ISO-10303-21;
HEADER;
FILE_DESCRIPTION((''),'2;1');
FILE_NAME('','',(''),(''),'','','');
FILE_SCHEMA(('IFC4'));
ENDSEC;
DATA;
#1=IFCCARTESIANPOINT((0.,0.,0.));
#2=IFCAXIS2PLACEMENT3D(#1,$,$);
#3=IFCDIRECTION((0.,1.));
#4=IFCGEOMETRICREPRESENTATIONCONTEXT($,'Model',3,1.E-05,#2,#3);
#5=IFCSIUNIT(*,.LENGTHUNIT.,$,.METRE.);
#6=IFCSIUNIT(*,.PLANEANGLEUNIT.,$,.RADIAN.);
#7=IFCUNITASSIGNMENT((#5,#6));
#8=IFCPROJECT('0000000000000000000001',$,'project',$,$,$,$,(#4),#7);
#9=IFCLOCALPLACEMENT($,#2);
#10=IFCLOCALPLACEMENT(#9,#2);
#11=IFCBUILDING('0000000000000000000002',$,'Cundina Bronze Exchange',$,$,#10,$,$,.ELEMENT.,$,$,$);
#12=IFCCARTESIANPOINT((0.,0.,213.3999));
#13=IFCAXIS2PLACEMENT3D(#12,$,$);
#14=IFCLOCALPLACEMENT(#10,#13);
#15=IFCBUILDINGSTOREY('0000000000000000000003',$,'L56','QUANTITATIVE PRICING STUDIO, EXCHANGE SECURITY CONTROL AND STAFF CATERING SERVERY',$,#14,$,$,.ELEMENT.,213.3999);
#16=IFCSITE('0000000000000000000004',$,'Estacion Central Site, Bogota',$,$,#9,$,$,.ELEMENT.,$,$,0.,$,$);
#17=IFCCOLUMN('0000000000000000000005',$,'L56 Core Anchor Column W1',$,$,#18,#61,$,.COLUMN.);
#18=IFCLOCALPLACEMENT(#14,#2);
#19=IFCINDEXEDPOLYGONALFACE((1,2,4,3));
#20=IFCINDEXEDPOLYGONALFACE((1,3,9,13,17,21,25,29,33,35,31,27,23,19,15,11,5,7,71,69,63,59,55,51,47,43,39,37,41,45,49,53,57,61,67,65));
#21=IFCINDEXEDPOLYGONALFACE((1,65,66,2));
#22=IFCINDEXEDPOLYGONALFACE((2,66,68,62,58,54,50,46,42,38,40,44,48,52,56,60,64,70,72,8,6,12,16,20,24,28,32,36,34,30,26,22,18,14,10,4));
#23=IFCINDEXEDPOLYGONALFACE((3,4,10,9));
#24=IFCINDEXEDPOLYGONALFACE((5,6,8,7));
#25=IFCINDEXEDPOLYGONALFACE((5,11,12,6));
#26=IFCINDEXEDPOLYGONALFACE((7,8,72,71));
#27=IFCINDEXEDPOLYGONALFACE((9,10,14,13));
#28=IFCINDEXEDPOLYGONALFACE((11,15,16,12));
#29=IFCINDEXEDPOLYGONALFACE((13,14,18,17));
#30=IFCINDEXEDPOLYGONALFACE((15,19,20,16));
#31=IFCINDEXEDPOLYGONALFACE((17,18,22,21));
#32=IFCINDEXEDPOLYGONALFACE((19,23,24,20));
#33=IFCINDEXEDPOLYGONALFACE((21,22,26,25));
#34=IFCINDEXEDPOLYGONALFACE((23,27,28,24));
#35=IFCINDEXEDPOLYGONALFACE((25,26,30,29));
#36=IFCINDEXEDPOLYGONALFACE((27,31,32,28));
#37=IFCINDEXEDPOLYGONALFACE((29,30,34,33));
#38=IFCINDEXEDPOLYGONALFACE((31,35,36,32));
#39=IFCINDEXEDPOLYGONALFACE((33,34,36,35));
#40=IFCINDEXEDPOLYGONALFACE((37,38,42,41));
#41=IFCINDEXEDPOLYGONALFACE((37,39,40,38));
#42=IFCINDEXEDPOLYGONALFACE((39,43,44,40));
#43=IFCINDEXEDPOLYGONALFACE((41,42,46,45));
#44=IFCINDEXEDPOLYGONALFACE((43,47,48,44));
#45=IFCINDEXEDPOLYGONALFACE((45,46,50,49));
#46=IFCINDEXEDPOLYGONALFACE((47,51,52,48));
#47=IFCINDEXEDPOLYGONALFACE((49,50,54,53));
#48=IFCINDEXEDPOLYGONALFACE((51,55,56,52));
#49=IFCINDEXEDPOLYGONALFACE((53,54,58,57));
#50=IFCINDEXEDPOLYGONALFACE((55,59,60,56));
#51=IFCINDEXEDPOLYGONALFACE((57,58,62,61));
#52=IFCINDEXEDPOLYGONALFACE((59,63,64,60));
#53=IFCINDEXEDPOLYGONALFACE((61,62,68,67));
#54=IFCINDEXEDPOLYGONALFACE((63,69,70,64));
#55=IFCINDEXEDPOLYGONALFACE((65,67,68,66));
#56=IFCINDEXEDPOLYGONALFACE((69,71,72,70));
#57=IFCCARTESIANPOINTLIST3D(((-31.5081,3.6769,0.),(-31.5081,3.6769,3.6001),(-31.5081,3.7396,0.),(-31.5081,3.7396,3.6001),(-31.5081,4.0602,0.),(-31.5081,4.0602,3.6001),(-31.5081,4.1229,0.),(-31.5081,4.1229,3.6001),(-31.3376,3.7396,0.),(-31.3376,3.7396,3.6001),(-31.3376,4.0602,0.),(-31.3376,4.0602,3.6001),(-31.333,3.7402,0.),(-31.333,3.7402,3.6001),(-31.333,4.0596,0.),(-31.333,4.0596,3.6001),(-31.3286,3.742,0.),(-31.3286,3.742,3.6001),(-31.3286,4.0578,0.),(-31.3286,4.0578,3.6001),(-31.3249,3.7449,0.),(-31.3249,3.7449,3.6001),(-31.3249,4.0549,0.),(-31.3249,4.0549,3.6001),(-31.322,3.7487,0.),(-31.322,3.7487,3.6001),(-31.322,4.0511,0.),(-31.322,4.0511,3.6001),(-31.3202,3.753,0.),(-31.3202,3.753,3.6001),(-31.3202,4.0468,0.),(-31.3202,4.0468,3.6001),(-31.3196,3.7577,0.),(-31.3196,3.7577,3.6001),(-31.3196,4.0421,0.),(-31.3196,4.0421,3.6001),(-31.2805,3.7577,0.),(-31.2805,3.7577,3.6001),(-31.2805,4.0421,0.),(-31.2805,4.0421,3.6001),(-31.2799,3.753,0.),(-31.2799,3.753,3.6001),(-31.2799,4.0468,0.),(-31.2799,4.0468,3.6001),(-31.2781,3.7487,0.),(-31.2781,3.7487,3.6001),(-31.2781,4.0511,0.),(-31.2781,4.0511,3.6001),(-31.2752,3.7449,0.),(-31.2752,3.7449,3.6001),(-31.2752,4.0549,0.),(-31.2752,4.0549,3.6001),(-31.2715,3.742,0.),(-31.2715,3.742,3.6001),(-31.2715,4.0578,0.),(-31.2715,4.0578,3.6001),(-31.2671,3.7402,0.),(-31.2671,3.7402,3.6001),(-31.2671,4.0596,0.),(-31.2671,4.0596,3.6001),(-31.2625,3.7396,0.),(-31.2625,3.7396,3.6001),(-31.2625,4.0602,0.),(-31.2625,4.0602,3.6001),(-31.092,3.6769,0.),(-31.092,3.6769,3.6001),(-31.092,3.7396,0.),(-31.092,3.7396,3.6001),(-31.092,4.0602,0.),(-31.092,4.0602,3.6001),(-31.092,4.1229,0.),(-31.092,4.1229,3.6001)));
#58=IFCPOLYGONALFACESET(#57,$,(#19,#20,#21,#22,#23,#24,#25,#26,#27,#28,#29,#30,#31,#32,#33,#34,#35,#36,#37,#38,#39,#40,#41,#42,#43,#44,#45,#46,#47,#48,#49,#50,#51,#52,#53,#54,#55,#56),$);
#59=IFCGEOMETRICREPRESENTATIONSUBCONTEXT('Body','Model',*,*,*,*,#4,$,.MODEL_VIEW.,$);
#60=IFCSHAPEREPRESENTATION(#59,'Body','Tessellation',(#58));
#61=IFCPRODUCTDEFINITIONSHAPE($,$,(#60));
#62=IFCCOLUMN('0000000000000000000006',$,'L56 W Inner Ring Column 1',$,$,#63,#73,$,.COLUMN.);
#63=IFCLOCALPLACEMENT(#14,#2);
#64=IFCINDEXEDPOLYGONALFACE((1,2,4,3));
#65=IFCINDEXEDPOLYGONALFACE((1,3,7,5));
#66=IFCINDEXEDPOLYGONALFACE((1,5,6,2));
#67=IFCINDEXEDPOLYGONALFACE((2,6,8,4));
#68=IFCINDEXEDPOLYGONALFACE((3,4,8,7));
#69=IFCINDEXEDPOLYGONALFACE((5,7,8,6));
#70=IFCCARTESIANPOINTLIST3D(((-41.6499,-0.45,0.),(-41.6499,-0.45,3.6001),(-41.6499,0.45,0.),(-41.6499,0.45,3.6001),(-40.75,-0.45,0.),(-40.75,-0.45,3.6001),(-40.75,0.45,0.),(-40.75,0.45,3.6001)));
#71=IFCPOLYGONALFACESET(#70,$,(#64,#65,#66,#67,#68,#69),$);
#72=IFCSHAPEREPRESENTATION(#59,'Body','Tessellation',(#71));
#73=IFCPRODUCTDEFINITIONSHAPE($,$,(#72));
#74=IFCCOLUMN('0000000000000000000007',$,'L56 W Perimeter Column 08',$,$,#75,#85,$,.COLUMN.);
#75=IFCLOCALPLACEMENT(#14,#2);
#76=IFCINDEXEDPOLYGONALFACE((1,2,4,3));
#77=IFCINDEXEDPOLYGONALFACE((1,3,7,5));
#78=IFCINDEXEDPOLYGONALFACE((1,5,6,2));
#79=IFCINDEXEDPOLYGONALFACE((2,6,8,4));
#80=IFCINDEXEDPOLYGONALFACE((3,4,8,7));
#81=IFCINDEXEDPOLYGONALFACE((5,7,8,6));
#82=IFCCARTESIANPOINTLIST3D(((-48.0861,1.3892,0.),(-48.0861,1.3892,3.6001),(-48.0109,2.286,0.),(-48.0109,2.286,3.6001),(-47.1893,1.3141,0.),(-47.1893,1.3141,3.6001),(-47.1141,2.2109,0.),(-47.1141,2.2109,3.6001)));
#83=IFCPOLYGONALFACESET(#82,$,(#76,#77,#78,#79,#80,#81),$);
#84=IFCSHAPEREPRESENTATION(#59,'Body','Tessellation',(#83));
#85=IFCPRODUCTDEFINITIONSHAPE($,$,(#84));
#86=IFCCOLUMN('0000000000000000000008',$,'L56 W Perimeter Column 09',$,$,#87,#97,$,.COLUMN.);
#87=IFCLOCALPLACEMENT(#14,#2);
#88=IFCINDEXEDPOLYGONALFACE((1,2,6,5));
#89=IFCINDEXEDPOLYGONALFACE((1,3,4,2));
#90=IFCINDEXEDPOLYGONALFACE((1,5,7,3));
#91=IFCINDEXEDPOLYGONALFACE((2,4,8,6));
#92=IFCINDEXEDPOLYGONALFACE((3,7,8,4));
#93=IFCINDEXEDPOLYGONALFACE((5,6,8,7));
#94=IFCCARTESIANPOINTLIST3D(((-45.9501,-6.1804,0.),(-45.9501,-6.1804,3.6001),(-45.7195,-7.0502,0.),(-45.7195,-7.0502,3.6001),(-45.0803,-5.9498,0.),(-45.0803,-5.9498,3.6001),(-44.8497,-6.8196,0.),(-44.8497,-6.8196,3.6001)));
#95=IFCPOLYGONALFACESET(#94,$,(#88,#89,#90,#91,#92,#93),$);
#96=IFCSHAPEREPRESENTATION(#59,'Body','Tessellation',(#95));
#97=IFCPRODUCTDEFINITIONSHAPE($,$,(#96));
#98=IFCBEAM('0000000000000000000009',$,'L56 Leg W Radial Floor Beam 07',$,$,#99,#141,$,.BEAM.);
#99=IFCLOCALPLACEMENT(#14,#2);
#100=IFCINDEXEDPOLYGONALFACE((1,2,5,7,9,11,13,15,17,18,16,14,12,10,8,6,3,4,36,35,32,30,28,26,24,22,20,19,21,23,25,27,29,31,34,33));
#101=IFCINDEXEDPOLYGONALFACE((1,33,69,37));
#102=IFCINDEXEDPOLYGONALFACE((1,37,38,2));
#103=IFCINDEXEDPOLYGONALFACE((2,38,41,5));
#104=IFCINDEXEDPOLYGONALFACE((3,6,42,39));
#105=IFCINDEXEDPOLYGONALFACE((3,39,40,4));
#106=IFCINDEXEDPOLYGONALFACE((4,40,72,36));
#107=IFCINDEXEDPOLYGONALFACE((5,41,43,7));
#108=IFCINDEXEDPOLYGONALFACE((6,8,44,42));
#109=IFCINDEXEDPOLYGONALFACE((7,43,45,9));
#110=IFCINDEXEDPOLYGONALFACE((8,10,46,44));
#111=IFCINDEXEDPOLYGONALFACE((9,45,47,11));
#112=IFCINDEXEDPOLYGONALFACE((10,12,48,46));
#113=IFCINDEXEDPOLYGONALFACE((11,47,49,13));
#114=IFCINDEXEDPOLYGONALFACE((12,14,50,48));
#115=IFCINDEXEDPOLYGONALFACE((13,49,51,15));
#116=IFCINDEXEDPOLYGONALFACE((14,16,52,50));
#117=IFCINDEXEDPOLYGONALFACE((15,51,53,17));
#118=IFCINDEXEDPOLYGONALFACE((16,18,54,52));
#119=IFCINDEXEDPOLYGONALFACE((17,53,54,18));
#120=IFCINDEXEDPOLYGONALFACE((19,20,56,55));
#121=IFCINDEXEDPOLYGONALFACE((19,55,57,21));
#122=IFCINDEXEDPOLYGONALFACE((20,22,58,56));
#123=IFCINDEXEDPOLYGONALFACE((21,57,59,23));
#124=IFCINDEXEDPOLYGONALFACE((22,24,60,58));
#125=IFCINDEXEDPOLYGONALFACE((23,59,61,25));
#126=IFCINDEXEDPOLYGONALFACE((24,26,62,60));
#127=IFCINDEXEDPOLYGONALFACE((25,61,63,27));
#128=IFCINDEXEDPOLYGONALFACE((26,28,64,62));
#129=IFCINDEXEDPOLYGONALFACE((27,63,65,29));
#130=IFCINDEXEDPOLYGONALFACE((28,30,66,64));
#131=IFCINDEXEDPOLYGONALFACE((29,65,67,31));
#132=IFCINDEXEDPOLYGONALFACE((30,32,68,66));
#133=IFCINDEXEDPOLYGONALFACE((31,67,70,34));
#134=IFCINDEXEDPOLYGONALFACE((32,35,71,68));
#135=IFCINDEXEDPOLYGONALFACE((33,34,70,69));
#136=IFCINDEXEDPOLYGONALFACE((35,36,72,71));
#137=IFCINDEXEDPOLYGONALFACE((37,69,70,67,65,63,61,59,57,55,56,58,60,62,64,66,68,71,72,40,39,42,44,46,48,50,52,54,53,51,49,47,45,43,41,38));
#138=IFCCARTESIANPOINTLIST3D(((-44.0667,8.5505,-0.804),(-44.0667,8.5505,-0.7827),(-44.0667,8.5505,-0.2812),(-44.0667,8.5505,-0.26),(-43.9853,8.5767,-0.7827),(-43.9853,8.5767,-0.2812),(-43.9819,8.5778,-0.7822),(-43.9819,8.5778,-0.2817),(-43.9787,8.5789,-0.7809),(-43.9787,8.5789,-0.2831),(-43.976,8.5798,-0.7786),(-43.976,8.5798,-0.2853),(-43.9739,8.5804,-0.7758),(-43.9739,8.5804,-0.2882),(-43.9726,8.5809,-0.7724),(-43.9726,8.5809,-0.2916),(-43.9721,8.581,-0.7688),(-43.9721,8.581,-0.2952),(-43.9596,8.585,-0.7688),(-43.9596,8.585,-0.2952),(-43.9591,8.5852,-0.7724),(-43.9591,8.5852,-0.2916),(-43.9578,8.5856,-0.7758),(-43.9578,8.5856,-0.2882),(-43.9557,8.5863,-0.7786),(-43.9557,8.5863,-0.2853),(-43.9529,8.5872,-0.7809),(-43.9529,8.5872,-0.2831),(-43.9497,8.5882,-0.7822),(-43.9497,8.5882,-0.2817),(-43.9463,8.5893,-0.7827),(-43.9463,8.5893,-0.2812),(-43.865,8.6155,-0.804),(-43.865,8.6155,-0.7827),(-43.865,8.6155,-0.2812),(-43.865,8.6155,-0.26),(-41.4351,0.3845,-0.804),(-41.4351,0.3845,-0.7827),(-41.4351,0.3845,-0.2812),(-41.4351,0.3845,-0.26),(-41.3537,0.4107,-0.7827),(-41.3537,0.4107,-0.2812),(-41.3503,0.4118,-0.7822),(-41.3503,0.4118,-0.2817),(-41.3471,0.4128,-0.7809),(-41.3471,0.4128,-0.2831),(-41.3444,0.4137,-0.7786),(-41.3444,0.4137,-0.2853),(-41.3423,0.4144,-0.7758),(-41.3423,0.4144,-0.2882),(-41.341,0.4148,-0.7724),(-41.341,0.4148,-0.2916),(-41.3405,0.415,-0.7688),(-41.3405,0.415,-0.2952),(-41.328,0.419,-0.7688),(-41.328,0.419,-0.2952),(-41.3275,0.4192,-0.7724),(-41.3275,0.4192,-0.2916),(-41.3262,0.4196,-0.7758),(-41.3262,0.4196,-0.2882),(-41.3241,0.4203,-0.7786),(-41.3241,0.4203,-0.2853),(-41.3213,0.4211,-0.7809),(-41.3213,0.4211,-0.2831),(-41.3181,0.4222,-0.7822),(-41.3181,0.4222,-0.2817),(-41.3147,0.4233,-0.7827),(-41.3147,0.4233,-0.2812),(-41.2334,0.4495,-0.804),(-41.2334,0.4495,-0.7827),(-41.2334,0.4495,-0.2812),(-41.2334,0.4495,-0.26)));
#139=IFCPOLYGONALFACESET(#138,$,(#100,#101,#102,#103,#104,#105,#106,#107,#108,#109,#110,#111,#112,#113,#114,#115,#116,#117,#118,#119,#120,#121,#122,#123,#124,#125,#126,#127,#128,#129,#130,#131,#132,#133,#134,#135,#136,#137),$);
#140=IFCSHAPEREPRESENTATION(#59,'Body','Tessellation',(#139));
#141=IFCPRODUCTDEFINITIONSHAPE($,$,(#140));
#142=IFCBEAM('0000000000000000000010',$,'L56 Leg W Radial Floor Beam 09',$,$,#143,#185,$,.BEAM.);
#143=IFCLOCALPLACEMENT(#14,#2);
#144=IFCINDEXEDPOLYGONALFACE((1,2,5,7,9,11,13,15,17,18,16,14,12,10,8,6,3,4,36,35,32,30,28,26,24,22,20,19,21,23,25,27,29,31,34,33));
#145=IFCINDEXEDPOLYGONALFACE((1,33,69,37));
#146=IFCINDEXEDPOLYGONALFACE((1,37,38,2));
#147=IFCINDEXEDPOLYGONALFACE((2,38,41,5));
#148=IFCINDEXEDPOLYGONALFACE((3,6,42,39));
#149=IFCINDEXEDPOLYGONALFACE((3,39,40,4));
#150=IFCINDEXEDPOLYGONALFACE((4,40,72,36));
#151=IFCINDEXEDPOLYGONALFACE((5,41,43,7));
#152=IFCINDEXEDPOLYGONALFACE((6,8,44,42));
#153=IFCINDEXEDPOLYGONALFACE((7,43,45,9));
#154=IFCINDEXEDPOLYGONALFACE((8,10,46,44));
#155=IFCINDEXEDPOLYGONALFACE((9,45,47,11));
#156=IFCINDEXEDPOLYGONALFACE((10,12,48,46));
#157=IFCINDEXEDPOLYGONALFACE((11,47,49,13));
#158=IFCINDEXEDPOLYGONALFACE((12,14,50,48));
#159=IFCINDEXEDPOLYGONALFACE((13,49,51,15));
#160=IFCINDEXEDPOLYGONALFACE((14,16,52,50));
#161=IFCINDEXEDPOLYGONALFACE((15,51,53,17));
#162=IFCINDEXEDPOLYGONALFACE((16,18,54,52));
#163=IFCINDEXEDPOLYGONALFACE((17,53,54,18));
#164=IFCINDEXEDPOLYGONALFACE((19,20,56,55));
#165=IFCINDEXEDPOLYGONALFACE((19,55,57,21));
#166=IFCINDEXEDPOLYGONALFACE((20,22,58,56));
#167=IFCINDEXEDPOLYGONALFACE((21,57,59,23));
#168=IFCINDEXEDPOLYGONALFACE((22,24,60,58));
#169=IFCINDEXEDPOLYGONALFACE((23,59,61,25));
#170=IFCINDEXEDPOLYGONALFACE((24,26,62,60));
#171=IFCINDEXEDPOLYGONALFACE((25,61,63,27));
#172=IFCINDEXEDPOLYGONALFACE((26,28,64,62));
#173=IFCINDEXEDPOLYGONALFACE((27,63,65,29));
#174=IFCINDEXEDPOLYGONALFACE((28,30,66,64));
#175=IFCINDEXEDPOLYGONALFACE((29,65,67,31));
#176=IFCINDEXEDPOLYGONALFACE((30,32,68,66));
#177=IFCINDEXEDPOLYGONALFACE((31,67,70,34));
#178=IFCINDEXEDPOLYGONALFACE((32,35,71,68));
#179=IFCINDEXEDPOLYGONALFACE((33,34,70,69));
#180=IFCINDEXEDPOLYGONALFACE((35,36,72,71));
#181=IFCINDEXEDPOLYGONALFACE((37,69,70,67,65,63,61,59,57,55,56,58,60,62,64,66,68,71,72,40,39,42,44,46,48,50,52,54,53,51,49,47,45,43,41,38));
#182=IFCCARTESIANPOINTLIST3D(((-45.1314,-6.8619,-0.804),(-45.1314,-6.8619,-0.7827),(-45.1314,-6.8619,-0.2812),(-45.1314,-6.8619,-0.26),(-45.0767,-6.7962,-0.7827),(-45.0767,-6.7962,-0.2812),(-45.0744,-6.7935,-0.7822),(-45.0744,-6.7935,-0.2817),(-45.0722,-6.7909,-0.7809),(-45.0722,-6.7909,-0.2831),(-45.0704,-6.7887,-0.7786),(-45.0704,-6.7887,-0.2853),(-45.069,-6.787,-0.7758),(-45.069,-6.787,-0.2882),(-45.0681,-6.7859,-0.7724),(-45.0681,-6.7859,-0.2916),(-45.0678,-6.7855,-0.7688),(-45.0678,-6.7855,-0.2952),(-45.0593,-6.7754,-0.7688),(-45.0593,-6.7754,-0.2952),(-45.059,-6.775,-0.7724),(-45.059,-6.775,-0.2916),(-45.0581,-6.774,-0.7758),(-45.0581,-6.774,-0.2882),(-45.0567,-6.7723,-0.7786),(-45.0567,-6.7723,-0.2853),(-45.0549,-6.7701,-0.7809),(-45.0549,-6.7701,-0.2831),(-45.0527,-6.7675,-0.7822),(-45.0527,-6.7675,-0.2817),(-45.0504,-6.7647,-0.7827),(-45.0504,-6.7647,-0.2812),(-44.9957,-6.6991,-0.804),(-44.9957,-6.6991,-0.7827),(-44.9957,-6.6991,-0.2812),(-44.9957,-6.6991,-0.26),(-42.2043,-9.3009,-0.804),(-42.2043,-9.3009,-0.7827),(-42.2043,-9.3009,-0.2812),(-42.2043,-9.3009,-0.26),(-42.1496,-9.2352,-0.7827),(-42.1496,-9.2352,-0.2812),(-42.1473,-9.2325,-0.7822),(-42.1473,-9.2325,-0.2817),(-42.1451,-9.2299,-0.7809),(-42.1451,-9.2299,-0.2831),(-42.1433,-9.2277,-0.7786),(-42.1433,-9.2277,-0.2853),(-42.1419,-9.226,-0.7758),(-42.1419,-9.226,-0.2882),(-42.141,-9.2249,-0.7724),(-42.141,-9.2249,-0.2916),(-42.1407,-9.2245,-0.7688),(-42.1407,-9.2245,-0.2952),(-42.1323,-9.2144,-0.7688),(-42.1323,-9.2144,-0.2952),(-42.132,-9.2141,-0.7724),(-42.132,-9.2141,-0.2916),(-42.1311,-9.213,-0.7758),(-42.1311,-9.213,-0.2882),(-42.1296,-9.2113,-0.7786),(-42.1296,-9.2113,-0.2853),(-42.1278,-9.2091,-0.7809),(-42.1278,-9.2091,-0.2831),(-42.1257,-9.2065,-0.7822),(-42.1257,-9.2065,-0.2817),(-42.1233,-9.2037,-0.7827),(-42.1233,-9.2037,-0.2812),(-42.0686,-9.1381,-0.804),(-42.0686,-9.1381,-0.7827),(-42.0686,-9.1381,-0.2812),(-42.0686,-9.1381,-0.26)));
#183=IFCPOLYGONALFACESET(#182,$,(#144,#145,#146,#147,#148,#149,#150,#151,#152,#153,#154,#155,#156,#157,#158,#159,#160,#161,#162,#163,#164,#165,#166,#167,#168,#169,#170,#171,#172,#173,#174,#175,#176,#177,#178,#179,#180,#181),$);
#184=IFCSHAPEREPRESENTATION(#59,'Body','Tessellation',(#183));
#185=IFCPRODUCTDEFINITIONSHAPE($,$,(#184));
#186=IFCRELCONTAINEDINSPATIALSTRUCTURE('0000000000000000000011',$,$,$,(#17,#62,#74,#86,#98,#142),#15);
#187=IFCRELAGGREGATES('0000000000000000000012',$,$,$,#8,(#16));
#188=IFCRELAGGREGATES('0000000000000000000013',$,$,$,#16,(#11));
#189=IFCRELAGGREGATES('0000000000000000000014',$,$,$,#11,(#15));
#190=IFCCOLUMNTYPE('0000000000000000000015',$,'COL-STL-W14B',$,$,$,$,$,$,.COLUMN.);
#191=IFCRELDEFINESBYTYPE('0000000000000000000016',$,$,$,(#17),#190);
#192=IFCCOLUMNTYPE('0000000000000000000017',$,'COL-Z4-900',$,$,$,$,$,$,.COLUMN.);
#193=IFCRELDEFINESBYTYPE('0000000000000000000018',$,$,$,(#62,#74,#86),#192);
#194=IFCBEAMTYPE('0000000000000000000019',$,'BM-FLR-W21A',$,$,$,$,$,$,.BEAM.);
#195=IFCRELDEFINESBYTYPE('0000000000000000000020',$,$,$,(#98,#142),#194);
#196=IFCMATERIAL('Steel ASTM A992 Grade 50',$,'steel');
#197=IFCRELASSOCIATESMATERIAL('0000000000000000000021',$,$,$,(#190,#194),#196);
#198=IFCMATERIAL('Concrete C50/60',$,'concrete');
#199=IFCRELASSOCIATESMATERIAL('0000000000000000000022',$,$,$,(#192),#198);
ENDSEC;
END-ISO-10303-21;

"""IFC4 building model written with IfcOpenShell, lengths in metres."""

from ifc_helpers import new_model, si_unit, direction, frame, origin, origin_2d, place, context, subcontext, project, spatial, rectangle, i_section, extrude, material, material_profile, profile_set, type_object, element, save


model = new_model("IFC4")

# Units and contexts
model_context = context("Model", 3, precision=1e-05, world=origin(), true_north=direction((0.0, 1.0)))
body_context = subcontext(model_context, "Body", "Model", "MODEL_VIEW")
ifc_project = project(units=[si_unit("LENGTHUNIT", "METRE"), si_unit("PLANEANGLEUNIT", "RADIAN")], contexts=[model_context])

# Site, building, storey
site_placement = place(None, origin())
site = spatial("IfcSite", under=ifc_project, at=site_placement, Name="Estacion Central Site, Bogota", CompositionType="ELEMENT", RefElevation=0.0)
building_placement = place(site_placement, origin())
building = spatial("IfcBuilding", under=site, at=building_placement, Name="Cundina Bronze Exchange", CompositionType="ELEMENT")
storey_placement = place(building_placement, frame((0.0, 0.0, 213.3999)))
storey = spatial("IfcBuildingStorey", under=building, at=storey_placement, Name="L56", Description="QUANTITATIVE PRICING STUDIO, EXCHANGE SECURITY CONTROL AND STAFF CATERING SERVERY", CompositionType="ELEMENT", Elevation=213.3999)

# Columns
ifc_material_1 = material(Name="Steel ASTM A992 Grade 50", Category="steel")
ifc_material_profile_1 = material_profile(ifc_material_1, i_section(OverallWidth=0.416, OverallDepth=0.446, WebThickness=0.0391, FlangeThickness=0.0627, FilletRadius=0.0181, at=origin_2d()), Name="W14X342", Category="steel")
ifc_profile_set_1 = profile_set([ifc_material_profile_1], Name="Steel ASTM A992 Grade 50")
column_type_1 = type_object("IfcColumnType", Name="COL-STL-W14B", PredefinedType="COLUMN", material=ifc_profile_set_1)
column_placement = place(storey_placement, frame((-31.3, 3.8999, 0.0), z_axis=(0.0, 0.0, 1.0), x_axis=(1.0, 0.0, 0.0)))
element("IfcColumn", 1, at=column_placement, inside=storey, type_object=column_type_1, Name="L56 Core Anchor Column W1", PredefinedType="COLUMN", context=body_context, shape_type="SweptSolid", body=[
    extrude(i_section(OverallWidth=0.416, OverallDepth=0.446, WebThickness=0.0391, FlangeThickness=0.0627, FilletRadius=0.0181, at=origin_2d()), origin(), (0.0, 0.0, 1.0), 3.6001),
])
ifc_material_2 = material(Name="Concrete C50/60", Category="concrete")
ifc_material_profile_2 = material_profile(ifc_material_2, rectangle(XDim=0.8999, YDim=0.8999, at=origin_2d()), Name="RC900X900", Category="concrete")
ifc_profile_set_2 = profile_set([ifc_material_profile_2], Name="Concrete C50/60")
column_type_2 = type_object("IfcColumnType", Name="COL-Z4-900", PredefinedType="COLUMN", material=ifc_profile_set_2)
for number, where, z_axis, x_axis, name in (
    (2, (-41.2, 0.0, 0.0), (0.0, 0.0, 1.0), (1.0, 0.0, 0.0), "L56 W Inner Ring Column 1"),
    (3, (-47.6001, 1.8, 0.0), (0.0, 0.0, 1.0), (-0.083504, -0.996507, 0.0), "L56 W Perimeter Column 08"),
    (4, (-45.3999, -6.5, 0.0), (0.0, 0.0, 1.0), (0.256289, -0.9666, 0.0), "L56 W Perimeter Column 09"),
):
    element("IfcColumn", number, at=place(storey_placement, frame(where, z_axis=z_axis, x_axis=x_axis)), inside=storey, type_object=column_type_2, Name=name, PredefinedType="COLUMN", context=body_context, shape_type="SweptSolid", body=[
        extrude(rectangle(XDim=0.8999, YDim=0.8999, at=origin_2d()), origin(), (0.0, 0.0, 1.0), 3.6001),
    ])

# Beams
ifc_material_profile_3 = material_profile(ifc_material_1, i_section(OverallWidth=0.2119, OverallDepth=0.5439, WebThickness=0.0132, FlangeThickness=0.0212, FilletRadius=0.0139, at=origin_2d()), Name="W21X83", Category="steel")
ifc_profile_set_3 = profile_set([ifc_material_profile_3], Name="Steel ASTM A992 Grade 50")
beam_type_1 = type_object("IfcBeamType", Name="BM-FLR-W21A", PredefinedType="BEAM", material=ifc_profile_set_3)
beam_1_placement = place(storey_placement, frame((-41.3342, 0.417, -0.532), z_axis=(-0.306728, 0.951797, 0.0), x_axis=(-0.951797, -0.306728, 0.0)))
element("IfcBeam", 5, at=beam_1_placement, inside=storey, type_object=beam_type_1, Name="L56 Leg W Radial Floor Beam 07", PredefinedType="BEAM", context=body_context, shape_type="SweptSolid", body=[
    extrude(i_section(OverallWidth=0.2119, OverallDepth=0.5439, WebThickness=0.0132, FlangeThickness=0.0212, FilletRadius=0.0139, at=origin_2d()), origin(), (0.0, 0.0, 1.0), 8.5796),
])
beam_2_placement = place(storey_placement, frame((-42.1365, -9.2195, -0.532), z_axis=(-0.768248, 0.640153, 0.0), x_axis=(-0.640153, -0.768248, 0.0)))
element("IfcBeam", 6, at=beam_2_placement, inside=storey, type_object=beam_type_1, Name="L56 Leg W Radial Floor Beam 09", PredefinedType="BEAM", context=body_context, shape_type="SweptSolid", body=[
    extrude(i_section(OverallWidth=0.2119, OverallDepth=0.5439, WebThickness=0.0132, FlangeThickness=0.0212, FilletRadius=0.0139, at=origin_2d()), origin(), (0.0, 0.0, 1.0), 3.8101),
])

save(model, "model.ifc")
